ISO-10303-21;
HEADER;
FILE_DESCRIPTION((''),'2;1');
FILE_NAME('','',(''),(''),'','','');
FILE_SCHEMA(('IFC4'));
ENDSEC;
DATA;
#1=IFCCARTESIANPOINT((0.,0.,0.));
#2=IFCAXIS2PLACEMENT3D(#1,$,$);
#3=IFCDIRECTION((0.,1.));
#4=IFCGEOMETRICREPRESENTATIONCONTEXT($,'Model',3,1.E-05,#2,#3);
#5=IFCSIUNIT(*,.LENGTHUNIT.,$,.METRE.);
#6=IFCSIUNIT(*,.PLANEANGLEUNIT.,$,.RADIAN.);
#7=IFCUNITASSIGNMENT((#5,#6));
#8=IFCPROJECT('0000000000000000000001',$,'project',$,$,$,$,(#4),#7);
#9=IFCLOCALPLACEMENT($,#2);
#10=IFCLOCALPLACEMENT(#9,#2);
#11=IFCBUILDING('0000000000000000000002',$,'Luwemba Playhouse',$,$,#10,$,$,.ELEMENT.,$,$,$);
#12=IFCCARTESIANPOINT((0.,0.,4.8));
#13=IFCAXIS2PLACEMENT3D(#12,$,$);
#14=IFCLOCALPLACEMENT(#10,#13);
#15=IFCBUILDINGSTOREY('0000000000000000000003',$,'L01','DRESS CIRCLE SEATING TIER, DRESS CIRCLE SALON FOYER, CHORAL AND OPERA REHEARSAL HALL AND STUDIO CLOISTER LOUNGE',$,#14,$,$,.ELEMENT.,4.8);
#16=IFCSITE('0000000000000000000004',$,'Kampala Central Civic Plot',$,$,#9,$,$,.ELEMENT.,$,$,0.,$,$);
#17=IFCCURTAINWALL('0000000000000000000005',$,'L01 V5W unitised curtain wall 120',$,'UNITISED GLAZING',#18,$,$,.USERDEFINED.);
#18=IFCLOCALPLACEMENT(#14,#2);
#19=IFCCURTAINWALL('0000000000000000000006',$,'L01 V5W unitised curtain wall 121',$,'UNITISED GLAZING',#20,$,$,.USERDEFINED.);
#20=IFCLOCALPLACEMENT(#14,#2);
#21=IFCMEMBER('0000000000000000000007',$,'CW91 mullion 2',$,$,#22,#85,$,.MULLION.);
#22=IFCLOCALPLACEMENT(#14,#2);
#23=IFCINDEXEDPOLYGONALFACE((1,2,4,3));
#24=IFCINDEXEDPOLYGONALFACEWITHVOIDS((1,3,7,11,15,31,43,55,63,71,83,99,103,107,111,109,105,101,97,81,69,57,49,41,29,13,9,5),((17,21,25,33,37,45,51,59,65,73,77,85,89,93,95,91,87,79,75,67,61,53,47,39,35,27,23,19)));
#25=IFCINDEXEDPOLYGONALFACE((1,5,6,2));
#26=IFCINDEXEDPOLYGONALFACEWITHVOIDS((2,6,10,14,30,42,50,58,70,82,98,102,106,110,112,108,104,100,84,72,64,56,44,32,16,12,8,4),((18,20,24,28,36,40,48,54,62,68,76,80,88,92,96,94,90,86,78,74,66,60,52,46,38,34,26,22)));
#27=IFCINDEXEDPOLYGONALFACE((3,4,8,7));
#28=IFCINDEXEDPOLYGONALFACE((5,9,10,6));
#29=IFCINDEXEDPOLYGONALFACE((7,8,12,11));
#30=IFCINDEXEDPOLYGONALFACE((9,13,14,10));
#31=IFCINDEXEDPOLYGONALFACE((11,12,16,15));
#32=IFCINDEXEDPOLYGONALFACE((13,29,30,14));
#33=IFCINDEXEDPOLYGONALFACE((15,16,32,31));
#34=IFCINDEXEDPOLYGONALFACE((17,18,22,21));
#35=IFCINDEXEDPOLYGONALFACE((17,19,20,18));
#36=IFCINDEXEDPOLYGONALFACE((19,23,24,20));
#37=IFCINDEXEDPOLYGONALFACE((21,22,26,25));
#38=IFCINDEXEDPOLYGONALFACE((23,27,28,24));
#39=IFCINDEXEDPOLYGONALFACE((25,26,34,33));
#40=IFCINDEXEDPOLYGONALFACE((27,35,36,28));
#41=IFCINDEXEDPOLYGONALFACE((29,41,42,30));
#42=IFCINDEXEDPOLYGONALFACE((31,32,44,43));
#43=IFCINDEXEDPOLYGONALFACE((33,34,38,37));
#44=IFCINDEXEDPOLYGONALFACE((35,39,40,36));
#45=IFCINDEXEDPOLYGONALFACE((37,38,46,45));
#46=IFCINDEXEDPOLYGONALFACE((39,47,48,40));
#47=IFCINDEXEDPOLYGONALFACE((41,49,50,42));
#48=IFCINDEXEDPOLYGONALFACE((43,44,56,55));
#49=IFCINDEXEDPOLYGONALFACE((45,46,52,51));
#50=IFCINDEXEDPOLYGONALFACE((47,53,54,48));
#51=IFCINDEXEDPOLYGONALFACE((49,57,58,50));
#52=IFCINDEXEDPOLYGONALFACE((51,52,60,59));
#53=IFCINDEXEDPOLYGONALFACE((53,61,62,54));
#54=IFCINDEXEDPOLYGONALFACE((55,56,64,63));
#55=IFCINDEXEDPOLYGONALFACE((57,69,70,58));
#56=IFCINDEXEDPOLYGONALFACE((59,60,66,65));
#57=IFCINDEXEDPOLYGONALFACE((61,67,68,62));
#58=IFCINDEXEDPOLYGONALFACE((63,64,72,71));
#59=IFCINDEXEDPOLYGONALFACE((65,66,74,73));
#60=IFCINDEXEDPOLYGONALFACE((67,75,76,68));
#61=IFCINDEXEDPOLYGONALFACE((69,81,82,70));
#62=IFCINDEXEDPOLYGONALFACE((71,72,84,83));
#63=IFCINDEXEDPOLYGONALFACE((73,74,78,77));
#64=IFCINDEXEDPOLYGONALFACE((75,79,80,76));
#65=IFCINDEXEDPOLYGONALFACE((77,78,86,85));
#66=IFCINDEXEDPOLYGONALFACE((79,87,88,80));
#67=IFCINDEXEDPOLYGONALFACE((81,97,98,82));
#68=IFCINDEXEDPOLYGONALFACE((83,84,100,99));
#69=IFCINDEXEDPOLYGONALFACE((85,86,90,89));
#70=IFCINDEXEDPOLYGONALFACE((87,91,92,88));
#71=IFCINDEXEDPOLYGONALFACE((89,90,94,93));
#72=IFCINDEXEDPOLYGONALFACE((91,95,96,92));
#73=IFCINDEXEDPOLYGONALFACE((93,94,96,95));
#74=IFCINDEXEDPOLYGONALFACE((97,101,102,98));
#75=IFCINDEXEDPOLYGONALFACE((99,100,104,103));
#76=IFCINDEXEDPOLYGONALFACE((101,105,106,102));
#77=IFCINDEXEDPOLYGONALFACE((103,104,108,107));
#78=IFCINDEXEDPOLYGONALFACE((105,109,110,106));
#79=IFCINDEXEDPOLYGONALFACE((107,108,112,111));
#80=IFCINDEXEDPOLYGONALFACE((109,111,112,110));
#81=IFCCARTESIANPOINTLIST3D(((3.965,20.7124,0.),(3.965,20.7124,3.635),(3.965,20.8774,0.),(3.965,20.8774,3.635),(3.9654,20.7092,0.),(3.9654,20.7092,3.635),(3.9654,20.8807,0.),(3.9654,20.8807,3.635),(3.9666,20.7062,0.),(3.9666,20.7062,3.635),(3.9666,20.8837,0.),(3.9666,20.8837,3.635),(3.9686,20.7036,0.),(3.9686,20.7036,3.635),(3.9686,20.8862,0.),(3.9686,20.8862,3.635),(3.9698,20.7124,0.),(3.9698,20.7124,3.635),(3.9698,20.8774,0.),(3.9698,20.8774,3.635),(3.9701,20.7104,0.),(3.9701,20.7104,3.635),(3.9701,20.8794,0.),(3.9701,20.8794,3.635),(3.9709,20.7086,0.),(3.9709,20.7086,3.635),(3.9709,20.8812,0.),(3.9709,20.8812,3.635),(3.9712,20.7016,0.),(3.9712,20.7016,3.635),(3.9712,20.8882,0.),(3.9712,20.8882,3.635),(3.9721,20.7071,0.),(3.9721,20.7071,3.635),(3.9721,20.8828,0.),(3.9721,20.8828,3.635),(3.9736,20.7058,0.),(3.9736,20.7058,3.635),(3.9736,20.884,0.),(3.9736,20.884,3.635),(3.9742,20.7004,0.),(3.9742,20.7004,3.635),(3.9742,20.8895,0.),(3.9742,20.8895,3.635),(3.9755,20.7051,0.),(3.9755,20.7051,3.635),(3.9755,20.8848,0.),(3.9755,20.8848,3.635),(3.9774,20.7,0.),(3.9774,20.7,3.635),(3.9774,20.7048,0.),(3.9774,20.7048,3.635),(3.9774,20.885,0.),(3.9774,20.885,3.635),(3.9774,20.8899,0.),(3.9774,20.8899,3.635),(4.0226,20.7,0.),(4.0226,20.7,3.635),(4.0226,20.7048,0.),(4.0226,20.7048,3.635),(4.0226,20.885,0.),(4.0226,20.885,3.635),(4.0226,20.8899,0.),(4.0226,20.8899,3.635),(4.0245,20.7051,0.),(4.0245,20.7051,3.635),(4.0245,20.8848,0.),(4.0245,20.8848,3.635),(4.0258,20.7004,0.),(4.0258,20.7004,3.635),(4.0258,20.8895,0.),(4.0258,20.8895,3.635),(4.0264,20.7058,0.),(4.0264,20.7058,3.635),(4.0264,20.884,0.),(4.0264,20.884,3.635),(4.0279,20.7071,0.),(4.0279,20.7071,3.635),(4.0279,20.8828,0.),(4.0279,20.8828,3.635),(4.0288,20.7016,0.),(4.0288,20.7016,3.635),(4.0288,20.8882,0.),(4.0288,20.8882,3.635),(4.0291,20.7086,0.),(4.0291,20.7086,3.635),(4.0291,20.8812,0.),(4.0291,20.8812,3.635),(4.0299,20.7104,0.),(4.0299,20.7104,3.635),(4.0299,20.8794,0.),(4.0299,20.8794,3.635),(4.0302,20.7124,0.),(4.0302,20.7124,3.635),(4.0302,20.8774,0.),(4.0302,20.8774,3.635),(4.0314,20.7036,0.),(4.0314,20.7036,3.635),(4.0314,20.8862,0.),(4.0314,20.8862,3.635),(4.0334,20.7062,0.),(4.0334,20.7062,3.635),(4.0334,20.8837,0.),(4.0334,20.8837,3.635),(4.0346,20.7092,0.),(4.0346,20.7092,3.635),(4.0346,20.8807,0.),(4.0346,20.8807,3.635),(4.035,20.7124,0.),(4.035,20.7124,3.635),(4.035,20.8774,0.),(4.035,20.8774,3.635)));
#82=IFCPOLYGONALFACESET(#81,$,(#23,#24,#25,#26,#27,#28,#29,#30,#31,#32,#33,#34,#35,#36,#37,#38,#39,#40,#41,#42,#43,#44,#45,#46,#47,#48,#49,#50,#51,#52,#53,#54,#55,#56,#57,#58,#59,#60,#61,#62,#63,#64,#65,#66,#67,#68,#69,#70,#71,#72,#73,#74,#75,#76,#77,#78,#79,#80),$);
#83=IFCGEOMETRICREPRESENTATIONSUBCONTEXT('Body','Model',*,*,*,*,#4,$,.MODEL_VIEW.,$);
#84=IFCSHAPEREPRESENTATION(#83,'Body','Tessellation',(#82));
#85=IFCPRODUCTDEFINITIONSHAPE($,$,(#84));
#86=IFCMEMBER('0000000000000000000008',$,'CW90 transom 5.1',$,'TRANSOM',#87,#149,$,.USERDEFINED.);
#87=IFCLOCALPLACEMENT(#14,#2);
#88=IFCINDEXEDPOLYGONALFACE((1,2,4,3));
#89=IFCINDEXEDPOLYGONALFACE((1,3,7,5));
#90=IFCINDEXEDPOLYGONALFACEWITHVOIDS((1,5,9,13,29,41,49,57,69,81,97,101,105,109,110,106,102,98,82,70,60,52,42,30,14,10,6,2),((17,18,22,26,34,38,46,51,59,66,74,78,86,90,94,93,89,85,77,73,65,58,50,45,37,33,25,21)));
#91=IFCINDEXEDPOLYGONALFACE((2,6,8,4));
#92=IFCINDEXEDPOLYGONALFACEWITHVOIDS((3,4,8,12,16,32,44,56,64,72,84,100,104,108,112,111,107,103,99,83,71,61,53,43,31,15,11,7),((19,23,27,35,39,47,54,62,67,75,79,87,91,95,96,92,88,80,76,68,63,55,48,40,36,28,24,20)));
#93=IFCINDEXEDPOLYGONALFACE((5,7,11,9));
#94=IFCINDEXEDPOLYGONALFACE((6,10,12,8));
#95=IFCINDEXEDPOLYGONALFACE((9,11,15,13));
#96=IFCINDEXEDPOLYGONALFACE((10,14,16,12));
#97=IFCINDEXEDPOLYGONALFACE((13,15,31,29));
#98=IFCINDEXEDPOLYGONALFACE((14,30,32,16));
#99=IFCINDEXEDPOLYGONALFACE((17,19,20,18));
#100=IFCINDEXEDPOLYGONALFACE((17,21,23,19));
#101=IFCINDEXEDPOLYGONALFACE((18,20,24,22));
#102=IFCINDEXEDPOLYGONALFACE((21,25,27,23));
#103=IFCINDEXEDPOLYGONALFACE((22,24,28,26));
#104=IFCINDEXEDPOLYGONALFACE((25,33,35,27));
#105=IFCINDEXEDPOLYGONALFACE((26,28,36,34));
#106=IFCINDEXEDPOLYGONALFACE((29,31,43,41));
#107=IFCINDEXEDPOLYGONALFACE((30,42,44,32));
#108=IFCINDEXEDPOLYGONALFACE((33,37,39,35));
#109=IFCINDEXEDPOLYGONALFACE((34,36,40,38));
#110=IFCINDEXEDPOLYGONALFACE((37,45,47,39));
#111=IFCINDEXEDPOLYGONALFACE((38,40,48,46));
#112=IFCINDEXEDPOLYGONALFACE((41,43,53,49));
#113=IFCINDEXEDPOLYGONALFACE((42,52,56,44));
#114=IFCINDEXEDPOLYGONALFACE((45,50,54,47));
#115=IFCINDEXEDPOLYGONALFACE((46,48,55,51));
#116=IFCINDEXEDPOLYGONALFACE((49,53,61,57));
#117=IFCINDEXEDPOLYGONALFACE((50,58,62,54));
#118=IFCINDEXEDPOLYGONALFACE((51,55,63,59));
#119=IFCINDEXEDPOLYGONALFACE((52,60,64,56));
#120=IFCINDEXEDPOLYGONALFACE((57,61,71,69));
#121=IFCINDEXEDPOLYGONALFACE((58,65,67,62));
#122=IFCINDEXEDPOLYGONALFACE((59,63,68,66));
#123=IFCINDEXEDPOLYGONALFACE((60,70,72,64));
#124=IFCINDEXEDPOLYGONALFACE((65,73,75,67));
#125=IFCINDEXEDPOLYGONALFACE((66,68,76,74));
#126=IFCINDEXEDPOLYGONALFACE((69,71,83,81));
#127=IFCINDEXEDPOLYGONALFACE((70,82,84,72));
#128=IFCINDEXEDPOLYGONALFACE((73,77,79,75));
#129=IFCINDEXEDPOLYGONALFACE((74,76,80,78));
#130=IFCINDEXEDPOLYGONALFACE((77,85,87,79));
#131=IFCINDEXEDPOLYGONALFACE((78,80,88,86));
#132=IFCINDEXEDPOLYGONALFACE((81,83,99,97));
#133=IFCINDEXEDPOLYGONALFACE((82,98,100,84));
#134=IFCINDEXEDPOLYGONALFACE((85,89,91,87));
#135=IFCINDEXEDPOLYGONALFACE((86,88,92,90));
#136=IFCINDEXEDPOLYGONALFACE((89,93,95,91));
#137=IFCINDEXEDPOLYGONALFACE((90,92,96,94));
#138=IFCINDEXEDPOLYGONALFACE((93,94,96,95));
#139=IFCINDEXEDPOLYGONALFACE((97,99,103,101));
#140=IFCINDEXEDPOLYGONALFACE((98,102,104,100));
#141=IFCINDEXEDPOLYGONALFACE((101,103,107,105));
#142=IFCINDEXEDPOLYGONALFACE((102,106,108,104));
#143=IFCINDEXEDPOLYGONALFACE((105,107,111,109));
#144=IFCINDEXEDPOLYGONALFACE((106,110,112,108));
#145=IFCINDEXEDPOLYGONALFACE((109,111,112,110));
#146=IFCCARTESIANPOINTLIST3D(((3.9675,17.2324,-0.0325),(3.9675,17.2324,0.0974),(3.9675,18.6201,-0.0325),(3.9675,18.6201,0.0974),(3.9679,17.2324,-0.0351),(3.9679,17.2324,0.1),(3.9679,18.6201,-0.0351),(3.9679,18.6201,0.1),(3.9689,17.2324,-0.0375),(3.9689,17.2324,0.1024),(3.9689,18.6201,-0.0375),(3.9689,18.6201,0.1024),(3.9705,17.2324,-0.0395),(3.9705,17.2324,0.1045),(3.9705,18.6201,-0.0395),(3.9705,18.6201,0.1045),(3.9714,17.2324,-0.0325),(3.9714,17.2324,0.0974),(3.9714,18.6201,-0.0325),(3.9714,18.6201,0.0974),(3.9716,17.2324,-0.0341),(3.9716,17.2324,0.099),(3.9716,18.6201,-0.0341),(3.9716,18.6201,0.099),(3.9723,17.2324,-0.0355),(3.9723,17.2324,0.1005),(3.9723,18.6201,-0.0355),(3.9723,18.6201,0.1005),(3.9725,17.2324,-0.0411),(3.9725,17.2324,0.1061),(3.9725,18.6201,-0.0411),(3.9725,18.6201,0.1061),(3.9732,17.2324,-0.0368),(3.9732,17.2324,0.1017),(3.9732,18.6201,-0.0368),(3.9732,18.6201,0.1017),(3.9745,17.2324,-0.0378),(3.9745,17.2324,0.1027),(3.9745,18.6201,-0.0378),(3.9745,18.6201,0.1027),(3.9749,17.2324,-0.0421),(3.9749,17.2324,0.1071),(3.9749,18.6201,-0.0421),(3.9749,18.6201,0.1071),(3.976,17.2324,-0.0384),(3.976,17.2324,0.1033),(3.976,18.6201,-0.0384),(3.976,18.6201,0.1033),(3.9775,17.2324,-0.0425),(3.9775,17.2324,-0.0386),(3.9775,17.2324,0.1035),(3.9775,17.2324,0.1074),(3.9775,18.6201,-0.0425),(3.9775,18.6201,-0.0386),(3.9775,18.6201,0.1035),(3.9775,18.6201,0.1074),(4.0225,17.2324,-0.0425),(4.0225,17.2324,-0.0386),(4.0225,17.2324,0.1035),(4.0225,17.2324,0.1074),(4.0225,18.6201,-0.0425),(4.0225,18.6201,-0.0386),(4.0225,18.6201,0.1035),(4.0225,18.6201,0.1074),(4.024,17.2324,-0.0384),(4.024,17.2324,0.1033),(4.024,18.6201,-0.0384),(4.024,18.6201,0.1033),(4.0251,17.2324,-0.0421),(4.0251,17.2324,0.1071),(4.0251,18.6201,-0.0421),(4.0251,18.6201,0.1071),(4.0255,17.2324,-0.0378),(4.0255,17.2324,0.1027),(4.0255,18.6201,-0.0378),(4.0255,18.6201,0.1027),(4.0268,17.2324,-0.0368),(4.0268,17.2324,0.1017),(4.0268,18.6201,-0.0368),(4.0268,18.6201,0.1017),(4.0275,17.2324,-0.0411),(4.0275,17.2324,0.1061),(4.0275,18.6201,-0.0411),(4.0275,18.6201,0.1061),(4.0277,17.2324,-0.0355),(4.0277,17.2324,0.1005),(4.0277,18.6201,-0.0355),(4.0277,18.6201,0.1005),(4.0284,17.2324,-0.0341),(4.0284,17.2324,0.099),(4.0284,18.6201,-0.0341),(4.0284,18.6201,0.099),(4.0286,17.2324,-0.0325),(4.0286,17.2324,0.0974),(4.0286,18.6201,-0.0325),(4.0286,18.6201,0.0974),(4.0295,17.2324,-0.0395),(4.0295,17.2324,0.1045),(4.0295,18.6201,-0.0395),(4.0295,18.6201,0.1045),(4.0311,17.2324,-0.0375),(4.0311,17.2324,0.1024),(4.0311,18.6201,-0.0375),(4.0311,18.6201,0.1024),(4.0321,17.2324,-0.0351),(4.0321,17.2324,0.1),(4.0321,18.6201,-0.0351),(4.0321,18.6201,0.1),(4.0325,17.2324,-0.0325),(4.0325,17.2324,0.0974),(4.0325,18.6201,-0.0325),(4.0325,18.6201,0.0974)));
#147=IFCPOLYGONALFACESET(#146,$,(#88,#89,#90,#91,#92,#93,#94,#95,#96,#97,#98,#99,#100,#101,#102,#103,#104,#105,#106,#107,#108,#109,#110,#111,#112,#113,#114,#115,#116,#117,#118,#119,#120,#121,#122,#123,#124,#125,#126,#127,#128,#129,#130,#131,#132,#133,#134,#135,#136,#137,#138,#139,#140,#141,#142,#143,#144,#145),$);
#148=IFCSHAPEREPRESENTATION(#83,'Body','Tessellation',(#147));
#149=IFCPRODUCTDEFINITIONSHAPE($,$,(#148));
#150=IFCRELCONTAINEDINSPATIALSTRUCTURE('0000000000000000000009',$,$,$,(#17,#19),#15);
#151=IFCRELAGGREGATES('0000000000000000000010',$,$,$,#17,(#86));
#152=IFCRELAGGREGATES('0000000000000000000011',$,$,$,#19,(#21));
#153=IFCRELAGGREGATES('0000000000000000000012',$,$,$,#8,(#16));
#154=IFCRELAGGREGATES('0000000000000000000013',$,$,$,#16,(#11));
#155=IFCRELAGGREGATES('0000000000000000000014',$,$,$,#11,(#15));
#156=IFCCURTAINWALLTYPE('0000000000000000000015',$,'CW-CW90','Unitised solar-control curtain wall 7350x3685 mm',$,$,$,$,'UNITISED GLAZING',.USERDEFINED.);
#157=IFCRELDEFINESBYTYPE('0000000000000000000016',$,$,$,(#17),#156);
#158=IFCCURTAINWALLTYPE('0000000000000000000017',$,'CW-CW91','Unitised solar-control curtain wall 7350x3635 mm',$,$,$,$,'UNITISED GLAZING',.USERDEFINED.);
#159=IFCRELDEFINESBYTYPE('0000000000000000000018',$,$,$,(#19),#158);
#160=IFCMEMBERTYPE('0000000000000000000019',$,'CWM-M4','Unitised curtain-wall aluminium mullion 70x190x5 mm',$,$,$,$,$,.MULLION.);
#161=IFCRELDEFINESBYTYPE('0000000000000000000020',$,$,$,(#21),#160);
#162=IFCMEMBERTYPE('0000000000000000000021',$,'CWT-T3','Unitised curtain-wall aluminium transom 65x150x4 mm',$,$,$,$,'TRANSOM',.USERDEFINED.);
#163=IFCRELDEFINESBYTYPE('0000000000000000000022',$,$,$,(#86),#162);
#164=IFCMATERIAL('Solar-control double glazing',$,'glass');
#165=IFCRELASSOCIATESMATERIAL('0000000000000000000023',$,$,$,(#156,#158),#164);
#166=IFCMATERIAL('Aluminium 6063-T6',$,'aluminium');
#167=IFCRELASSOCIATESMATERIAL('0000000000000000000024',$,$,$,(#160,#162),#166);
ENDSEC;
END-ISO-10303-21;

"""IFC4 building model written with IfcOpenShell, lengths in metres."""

from ifc_helpers import new_model, si_unit, direction, frame, origin, origin_2d, place, context, subcontext, project, spatial, hollow_rectangle, extrude, material, material_profile, profile_set, type_object, element, aggregate, save


model = new_model("IFC4")

# Units and contexts
model_context = context("Model", 3, precision=1e-05, world=origin(), true_north=direction((0.0, 1.0)))
body_context = subcontext(model_context, "Body", "Model", "MODEL_VIEW")
ifc_project = project(units=[si_unit("LENGTHUNIT", "METRE"), si_unit("PLANEANGLEUNIT", "RADIAN")], contexts=[model_context])

# Site, building, storey
site_placement = place(None, origin())
site = spatial("IfcSite", under=ifc_project, at=site_placement, Name="Kampala Central Civic Plot", CompositionType="ELEMENT", RefElevation=0.0)
building_placement = place(site_placement, origin())
building = spatial("IfcBuilding", under=site, at=building_placement, Name="Luwemba Playhouse", CompositionType="ELEMENT")
storey_placement = place(building_placement, frame((0.0, 0.0, 4.8)))
storey = spatial("IfcBuildingStorey", under=building, at=storey_placement, Name="L01", Description="DRESS CIRCLE SEATING TIER, DRESS CIRCLE SALON FOYER, CHORAL AND OPERA REHEARSAL HALL AND STUDIO CLOISTER LOUNGE", CompositionType="ELEMENT", Elevation=4.8)

# Curtain walls, member
ifc_material_1 = material(Name="Solar-control double glazing", Category="glass")
curtain_wall_type_1 = type_object("IfcCurtainWallType", Name="CW-CW90", Description="Unitised solar-control curtain wall 7350x3685 mm", ElementType="UNITISED GLAZING", PredefinedType="USERDEFINED", material=ifc_material_1)
curtain_wall_1_placement = place(storey_placement, origin())
curtain_wall_1 = element("IfcCurtainWall", 1, at=curtain_wall_1_placement, inside=storey, type_object=curtain_wall_type_1, Name="L01 V5W unitised curtain wall 120", ObjectType="UNITISED GLAZING", PredefinedType="USERDEFINED")
ifc_material_2 = material(Name="Aluminium 6063-T6", Category="aluminium")
curtain_wall_type_2 = type_object("IfcCurtainWallType", Name="CW-CW91", Description="Unitised solar-control curtain wall 7350x3635 mm", ElementType="UNITISED GLAZING", PredefinedType="USERDEFINED", material=ifc_material_1)
curtain_wall_2_placement = place(storey_placement, origin())
curtain_wall_2 = element("IfcCurtainWall", 2, at=curtain_wall_2_placement, inside=storey, type_object=curtain_wall_type_2, Name="L01 V5W unitised curtain wall 121", ObjectType="UNITISED GLAZING", PredefinedType="USERDEFINED")
ifc_material_profile_1 = material_profile(ifc_material_2, hollow_rectangle(XDim=0.0701, YDim=0.1899, WallThickness=0.0049, InnerFilletRadius=0.0076, OuterFilletRadius=0.0125, at=origin_2d()))
ifc_profile_set_1 = profile_set([ifc_material_profile_1], Name="Aluminium 6063-T6")
member_type_1 = type_object("IfcMemberType", Name="CWM-M4", Description="Unitised curtain-wall aluminium mullion 70x190x5 mm", PredefinedType="MULLION", material=ifc_profile_set_1)
member_1_placement = place(storey_placement, frame((4.0, 20.7949, 0.0), z_axis=(0.0, 0.0, 1.0), x_axis=(-1.0, 0.0, 0.0)))
member_1 = element("IfcMember", 3, at=member_1_placement, type_object=member_type_1, Name="CW91 mullion 2", PredefinedType="MULLION", context=body_context, shape_type="SweptSolid", body=[
    extrude(hollow_rectangle(XDim=0.0701, YDim=0.1899, WallThickness=0.0049, InnerFilletRadius=0.0076, OuterFilletRadius=0.0125, at=origin_2d()), origin(), (0.0, 0.0, 1.0), 3.635),
])

# Member
ifc_material_profile_2 = material_profile(ifc_material_2, hollow_rectangle(XDim=0.0649, YDim=0.1499, WallThickness=0.0039, InnerFilletRadius=0.0061, OuterFilletRadius=0.01, at=origin_2d()))
ifc_profile_set_2 = profile_set([ifc_material_profile_2], Name="Aluminium 6063-T6")
member_type_2 = type_object("IfcMemberType", Name="CWT-T3", Description="Unitised curtain-wall aluminium transom 65x150x4 mm", ElementType="TRANSOM", PredefinedType="USERDEFINED", material=ifc_profile_set_2)
member_2_placement = place(storey_placement, frame((4.0, 17.2324, 0.0325), z_axis=(0.0, 1.0, 0.0), x_axis=(-1.0, 0.0, 0.0)))
member_2 = element("IfcMember", 4, at=member_2_placement, type_object=member_type_2, Name="CW90 transom 5.1", ObjectType="TRANSOM", PredefinedType="USERDEFINED", context=body_context, shape_type="SweptSolid", body=[
    extrude(hollow_rectangle(XDim=0.0649, YDim=0.1499, WallThickness=0.0039, InnerFilletRadius=0.0061, OuterFilletRadius=0.01, at=origin_2d()), origin(), (0.0, 0.0, 1.0), 1.3877),
])

aggregate(curtain_wall_1, [member_2])
aggregate(curtain_wall_2, [member_1])

save(model, "model.ifc")
